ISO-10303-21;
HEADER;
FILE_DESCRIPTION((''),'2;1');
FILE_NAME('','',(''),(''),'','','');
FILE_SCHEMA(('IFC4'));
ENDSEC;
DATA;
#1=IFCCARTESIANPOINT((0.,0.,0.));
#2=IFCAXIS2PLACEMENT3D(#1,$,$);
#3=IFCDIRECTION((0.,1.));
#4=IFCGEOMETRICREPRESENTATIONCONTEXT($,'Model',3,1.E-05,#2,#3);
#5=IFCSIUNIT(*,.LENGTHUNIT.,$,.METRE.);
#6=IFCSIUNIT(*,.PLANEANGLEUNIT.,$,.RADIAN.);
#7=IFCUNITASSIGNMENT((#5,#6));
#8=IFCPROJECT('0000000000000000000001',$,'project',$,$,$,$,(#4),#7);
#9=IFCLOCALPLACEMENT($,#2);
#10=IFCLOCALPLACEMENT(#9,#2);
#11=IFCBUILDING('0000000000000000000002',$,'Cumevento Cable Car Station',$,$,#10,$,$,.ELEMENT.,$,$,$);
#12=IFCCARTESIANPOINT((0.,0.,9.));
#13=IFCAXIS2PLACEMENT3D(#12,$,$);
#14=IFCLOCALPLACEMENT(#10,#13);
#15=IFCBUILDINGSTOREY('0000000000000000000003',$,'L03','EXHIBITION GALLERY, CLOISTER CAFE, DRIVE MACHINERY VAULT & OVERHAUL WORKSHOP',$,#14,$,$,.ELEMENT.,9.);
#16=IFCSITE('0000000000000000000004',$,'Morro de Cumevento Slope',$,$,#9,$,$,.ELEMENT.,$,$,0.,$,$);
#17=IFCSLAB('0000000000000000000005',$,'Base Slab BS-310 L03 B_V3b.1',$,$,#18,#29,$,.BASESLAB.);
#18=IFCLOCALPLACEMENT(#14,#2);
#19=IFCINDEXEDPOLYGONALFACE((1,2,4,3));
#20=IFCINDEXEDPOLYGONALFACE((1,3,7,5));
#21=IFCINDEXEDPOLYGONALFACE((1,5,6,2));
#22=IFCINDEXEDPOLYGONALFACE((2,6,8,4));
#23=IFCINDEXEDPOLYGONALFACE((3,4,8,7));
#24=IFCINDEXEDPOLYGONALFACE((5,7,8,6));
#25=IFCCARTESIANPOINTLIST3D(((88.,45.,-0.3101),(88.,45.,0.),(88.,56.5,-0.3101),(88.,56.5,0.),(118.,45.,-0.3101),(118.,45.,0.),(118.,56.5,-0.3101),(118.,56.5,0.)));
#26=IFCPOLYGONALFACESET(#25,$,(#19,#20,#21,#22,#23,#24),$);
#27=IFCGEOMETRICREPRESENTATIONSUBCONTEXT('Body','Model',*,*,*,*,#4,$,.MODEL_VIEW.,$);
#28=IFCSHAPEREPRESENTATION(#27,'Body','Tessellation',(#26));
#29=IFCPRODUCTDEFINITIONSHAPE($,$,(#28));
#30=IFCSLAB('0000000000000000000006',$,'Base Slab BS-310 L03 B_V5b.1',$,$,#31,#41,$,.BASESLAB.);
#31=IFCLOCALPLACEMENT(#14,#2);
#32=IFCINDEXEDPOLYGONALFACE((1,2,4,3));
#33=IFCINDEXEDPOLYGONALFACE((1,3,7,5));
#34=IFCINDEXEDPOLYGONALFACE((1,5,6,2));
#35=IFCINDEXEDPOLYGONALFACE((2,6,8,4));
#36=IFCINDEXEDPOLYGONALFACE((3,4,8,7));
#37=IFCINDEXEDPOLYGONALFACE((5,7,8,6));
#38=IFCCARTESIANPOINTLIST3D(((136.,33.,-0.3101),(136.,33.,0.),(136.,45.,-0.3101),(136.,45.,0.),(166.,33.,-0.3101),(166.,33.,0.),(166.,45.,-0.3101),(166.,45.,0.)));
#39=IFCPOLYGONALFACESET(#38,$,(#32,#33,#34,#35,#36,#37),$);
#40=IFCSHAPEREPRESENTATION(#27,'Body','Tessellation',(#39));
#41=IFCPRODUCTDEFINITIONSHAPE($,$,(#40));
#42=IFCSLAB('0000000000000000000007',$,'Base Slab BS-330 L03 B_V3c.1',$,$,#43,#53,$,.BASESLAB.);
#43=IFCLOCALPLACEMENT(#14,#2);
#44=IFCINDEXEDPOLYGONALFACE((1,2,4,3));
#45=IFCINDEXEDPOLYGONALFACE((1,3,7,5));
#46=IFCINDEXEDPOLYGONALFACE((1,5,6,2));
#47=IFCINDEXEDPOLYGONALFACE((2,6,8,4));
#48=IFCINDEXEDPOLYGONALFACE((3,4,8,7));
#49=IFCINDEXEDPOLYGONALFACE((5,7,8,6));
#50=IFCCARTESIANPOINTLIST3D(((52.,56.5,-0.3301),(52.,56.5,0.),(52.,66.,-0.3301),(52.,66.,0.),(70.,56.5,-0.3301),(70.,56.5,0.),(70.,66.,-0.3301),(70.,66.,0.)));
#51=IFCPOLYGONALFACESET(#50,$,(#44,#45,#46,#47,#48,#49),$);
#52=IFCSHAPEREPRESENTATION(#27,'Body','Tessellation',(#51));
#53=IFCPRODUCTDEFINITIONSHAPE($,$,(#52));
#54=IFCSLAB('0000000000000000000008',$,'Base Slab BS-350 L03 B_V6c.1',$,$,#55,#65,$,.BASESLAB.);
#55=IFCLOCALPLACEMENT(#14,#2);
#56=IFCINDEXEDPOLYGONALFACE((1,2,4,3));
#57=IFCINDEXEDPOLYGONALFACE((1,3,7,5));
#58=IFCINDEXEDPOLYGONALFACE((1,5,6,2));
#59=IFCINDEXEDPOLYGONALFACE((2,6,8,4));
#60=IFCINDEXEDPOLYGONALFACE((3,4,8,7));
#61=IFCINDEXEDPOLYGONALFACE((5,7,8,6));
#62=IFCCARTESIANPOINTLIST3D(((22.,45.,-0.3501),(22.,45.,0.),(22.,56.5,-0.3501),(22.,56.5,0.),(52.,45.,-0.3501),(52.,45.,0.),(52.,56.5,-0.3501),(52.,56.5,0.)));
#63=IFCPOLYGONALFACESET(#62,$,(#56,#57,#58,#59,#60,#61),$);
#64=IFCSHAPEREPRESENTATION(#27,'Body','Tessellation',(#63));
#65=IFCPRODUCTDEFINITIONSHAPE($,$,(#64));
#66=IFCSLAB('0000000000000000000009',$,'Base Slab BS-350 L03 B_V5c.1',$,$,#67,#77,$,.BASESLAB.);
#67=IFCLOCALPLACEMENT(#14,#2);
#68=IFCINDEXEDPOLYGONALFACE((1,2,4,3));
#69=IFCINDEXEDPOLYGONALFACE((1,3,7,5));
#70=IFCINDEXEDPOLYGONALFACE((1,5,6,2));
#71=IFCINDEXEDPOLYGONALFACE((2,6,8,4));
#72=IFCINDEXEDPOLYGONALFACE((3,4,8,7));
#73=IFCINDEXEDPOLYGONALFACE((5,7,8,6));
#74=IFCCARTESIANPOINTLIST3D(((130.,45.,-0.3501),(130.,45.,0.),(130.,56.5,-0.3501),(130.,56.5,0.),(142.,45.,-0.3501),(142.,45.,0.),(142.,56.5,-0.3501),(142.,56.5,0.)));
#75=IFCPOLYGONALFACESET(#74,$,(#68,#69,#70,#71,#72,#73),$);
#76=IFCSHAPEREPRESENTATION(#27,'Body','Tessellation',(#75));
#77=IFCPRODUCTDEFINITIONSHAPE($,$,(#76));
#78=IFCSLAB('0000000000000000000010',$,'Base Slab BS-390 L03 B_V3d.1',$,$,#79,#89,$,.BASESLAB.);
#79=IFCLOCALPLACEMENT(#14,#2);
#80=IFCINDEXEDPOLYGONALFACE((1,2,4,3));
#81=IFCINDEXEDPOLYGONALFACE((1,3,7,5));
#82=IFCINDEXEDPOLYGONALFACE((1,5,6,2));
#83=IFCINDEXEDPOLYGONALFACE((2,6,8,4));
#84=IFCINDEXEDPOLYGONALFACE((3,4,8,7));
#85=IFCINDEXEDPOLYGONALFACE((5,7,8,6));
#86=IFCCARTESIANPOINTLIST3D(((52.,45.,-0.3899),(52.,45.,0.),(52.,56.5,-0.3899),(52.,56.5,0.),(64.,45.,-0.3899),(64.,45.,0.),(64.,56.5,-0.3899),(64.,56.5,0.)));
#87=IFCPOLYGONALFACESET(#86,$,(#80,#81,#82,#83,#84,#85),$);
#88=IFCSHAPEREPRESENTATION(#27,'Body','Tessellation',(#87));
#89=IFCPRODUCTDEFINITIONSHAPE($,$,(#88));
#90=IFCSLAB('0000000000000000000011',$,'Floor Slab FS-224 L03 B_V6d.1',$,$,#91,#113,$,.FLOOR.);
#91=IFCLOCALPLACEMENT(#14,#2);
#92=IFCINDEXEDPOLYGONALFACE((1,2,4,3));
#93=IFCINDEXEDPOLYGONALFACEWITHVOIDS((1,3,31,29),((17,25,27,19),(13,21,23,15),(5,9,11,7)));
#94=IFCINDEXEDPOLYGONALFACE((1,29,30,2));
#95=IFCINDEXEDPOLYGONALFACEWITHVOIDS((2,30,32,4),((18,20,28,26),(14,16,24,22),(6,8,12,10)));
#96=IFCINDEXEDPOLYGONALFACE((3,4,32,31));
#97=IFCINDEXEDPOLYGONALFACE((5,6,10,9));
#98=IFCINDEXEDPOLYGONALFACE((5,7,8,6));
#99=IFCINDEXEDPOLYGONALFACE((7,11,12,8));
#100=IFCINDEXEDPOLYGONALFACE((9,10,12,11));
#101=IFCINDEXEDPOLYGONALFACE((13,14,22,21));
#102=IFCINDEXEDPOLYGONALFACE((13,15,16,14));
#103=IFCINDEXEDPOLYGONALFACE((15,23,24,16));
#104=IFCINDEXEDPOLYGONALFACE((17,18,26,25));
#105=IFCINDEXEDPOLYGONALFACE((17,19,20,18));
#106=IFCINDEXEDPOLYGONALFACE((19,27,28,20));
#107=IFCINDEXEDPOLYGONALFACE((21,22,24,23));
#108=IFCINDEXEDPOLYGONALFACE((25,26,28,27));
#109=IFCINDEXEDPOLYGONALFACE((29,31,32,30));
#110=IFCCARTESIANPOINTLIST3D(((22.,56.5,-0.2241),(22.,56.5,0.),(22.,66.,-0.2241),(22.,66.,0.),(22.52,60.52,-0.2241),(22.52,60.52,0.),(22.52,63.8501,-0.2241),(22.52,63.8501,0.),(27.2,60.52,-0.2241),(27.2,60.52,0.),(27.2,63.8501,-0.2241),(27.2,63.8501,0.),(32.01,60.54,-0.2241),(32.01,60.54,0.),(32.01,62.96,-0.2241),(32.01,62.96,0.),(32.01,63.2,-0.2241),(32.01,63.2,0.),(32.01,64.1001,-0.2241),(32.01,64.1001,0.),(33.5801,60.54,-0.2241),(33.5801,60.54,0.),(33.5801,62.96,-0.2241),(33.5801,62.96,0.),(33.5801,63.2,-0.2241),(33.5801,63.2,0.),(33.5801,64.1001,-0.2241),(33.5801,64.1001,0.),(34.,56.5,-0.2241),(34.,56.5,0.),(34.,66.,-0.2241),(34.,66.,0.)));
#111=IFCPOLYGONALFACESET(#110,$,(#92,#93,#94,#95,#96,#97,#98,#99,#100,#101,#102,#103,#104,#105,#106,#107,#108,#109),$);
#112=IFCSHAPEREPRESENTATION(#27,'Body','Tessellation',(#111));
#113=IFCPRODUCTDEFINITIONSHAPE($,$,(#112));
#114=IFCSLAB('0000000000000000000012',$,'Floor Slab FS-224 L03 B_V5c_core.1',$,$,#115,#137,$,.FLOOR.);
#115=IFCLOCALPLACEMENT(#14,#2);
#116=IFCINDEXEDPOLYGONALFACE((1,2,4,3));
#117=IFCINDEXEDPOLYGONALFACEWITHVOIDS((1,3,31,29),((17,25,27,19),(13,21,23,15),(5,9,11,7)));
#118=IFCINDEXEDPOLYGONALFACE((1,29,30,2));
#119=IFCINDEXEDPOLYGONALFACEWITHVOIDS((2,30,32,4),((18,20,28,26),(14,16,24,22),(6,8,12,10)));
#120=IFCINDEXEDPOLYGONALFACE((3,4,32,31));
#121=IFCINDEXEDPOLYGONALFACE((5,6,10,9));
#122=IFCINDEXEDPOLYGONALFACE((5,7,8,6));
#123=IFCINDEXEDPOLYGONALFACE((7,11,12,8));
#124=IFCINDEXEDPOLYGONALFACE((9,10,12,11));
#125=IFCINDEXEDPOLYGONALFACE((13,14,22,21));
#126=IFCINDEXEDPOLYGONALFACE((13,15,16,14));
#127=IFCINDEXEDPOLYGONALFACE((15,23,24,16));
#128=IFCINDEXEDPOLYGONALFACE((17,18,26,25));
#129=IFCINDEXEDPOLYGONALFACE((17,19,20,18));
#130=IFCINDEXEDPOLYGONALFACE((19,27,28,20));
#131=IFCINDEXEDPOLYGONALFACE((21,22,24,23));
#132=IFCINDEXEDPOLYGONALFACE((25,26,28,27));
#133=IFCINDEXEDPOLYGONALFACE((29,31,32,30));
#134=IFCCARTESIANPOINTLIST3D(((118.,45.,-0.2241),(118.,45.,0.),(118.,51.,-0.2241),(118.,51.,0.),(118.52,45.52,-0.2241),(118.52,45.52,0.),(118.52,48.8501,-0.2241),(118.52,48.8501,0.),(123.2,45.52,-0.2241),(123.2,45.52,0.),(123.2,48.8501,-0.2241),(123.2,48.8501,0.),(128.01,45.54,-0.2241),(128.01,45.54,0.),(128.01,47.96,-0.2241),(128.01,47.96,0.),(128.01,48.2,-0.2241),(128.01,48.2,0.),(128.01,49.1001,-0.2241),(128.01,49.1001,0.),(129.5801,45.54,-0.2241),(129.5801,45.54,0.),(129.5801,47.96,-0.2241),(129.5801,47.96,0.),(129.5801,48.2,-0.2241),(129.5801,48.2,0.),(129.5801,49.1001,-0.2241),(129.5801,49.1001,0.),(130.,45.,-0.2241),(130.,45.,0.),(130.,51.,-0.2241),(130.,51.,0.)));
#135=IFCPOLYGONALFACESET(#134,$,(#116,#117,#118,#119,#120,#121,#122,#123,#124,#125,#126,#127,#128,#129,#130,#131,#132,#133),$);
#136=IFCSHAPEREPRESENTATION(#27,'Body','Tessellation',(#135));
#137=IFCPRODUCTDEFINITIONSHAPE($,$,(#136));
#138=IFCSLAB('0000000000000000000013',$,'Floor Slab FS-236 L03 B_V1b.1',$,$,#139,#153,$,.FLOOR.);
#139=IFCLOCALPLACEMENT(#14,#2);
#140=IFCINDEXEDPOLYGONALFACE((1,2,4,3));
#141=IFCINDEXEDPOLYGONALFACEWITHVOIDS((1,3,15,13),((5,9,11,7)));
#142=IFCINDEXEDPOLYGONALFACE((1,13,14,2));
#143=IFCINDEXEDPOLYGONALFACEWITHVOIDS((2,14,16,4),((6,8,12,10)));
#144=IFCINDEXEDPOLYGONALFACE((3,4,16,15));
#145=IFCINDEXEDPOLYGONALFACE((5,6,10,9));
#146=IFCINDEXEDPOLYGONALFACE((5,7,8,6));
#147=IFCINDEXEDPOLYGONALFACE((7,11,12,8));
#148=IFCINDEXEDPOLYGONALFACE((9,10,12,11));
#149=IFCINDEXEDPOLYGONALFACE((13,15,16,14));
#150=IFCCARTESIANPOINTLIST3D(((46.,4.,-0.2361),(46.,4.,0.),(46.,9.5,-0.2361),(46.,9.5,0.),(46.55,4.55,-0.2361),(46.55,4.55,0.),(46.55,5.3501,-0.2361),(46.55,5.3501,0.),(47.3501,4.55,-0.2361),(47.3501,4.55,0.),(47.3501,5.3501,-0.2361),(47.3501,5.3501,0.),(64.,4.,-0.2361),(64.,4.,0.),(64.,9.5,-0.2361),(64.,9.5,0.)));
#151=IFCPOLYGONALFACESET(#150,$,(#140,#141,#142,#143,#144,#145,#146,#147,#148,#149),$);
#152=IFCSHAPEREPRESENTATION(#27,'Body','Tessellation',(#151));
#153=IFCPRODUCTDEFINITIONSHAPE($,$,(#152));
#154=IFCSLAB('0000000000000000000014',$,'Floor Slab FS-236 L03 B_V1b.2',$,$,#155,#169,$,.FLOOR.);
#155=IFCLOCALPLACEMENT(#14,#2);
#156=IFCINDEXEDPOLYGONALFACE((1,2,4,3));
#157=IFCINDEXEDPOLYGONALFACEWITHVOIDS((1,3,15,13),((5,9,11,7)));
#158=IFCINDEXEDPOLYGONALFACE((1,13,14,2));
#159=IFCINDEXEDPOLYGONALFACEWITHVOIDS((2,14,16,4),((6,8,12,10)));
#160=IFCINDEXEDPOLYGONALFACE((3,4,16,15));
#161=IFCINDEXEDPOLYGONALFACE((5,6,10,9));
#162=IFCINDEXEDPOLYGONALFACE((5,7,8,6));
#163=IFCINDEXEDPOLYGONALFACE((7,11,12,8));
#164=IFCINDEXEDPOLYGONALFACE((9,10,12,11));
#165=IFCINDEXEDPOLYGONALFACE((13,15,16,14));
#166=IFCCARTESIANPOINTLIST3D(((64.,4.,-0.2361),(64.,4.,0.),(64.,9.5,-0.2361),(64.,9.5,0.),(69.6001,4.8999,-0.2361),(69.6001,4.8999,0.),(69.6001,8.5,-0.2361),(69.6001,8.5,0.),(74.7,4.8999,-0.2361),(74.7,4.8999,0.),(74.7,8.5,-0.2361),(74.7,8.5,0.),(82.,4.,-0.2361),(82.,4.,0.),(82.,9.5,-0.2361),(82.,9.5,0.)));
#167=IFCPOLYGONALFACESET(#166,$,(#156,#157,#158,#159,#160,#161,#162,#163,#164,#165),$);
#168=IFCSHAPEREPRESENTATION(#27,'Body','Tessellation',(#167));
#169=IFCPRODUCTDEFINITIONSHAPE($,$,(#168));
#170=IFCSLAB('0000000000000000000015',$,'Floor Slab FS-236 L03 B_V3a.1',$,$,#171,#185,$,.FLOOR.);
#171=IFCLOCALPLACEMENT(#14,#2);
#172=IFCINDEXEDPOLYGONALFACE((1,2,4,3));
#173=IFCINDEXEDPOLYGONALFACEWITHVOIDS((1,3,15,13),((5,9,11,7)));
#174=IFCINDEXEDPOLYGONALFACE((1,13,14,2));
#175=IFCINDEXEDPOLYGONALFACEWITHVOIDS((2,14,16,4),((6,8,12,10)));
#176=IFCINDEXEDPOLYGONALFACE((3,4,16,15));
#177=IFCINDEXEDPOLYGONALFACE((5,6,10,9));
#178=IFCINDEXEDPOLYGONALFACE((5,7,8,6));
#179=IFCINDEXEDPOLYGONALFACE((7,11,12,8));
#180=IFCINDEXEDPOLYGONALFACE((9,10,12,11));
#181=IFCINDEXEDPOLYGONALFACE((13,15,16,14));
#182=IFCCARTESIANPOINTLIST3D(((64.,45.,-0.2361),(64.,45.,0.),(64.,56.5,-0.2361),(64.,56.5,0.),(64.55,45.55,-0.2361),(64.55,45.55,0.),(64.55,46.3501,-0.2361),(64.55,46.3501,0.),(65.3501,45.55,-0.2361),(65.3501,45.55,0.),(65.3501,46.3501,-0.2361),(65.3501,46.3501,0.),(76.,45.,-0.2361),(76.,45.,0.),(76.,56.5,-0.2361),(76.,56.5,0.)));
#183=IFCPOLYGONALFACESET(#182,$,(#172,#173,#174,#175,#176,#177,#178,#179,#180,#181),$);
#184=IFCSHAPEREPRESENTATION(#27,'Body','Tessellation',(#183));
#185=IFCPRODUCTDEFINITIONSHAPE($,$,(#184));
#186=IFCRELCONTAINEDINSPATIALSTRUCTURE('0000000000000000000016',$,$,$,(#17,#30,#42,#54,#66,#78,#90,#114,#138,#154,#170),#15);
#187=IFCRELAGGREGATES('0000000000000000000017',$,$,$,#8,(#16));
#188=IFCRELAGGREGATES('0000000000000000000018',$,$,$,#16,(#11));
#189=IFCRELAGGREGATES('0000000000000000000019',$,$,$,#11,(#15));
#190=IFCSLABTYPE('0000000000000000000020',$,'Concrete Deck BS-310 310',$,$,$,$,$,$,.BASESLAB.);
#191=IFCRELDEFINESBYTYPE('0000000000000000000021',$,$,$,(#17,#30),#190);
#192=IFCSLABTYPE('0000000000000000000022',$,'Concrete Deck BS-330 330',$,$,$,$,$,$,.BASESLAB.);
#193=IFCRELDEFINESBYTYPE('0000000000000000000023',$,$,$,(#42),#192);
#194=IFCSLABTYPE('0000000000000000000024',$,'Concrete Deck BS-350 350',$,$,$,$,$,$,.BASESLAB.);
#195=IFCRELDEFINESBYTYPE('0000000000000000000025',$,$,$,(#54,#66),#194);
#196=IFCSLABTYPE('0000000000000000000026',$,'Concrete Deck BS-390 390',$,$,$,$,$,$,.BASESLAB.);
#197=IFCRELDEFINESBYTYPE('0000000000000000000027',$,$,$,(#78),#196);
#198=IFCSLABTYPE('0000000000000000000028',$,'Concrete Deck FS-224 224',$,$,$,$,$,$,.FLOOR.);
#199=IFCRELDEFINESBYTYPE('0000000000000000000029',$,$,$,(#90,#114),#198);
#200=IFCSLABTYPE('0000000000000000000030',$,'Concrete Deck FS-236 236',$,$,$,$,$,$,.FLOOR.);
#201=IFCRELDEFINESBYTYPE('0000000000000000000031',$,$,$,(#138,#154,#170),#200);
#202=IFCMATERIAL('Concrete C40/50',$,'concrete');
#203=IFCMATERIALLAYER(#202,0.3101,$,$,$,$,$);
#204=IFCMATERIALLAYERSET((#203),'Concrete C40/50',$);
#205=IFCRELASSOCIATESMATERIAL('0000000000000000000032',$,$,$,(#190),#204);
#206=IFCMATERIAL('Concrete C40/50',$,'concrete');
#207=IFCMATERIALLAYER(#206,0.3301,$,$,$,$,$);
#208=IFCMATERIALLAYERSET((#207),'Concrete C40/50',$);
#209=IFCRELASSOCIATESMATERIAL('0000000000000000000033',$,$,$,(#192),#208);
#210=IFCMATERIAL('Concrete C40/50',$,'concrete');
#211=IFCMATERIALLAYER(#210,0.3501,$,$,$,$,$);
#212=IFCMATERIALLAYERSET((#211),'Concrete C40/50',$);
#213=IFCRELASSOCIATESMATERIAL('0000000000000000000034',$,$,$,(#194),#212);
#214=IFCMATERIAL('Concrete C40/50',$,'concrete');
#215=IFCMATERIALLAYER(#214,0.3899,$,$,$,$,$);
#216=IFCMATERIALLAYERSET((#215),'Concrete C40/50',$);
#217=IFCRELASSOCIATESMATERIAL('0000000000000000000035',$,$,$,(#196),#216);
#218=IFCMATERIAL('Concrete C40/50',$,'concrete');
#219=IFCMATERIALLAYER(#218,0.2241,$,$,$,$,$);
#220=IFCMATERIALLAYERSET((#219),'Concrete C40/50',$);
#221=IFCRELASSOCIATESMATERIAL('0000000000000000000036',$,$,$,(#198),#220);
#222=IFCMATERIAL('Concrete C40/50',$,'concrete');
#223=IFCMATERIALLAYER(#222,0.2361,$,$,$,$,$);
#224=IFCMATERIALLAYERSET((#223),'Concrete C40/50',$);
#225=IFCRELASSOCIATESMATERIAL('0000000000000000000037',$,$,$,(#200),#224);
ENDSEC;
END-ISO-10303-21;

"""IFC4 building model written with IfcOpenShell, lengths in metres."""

from ifc_helpers import new_model, si_unit, direction, frame, origin, place, context, subcontext, project, spatial, polyline, outline, extrude, material, layer, layer_set, type_object, element, save


model = new_model("IFC4")

# Units and contexts
model_context = context("Model", 3, precision=1e-05, world=origin(), true_north=direction((0.0, 1.0)))
body_context = subcontext(model_context, "Body", "Model", "MODEL_VIEW")
ifc_project = project(units=[si_unit("LENGTHUNIT", "METRE"), si_unit("PLANEANGLEUNIT", "RADIAN")], contexts=[model_context])

# Site, building, storey
site_placement = place(None, origin())
site = spatial("IfcSite", under=ifc_project, at=site_placement, Name="Morro de Cumevento Slope", CompositionType="ELEMENT", RefElevation=0.0)
building_placement = place(site_placement, origin())
building = spatial("IfcBuilding", under=site, at=building_placement, Name="Cumevento Cable Car Station", CompositionType="ELEMENT")
storey_placement = place(building_placement, frame((0.0, 0.0, 9.0)))
storey = spatial("IfcBuildingStorey", under=building, at=storey_placement, Name="L03", Description="EXHIBITION GALLERY, CLOISTER CAFE, DRIVE MACHINERY VAULT & OVERHAUL WORKSHOP", CompositionType="ELEMENT", Elevation=9.0)

# Slabs
ifc_material_1 = material(Name="Concrete C40/50", Category="concrete")
ifc_layer_1 = layer(ifc_material_1, 0.3101)
ifc_layer_set_1 = layer_set([ifc_layer_1], Name="Concrete C40/50")
slab_type_1 = type_object("IfcSlabType", Name="Concrete Deck BS-310 310", PredefinedType="BASESLAB", material=ifc_layer_set_1)
slab_1_placement = place(storey_placement, frame((0.0, 0.0, -0.3101)))
element("IfcSlab", 1, at=slab_1_placement, inside=storey, type_object=slab_type_1, Name="Base Slab BS-310 L03 B_V3b.1", PredefinedType="BASESLAB", context=body_context, shape_type="SweptSolid", body=[
    extrude(outline(polyline([(88.0, 45.0), (118.0, 45.0), (118.0, 56.5), (88.0, 56.5), (88.0, 45.0)])), origin(), (0.0, 0.0, 1.0), 0.3101),
])
slab_2_placement = place(storey_placement, frame((0.0, 0.0, -0.3101)))
element("IfcSlab", 2, at=slab_2_placement, inside=storey, type_object=slab_type_1, Name="Base Slab BS-310 L03 B_V5b.1", PredefinedType="BASESLAB", context=body_context, shape_type="SweptSolid", body=[
    extrude(outline(polyline([(136.0, 33.0), (166.0, 33.0), (166.0, 45.0), (136.0, 45.0), (136.0, 33.0)])), origin(), (0.0, 0.0, 1.0), 0.3101),
])
ifc_material_2 = material(Name="Concrete C40/50", Category="concrete")
ifc_layer_2 = layer(ifc_material_2, 0.3301)
ifc_layer_set_2 = layer_set([ifc_layer_2], Name="Concrete C40/50")
slab_type_2 = type_object("IfcSlabType", Name="Concrete Deck BS-330 330", PredefinedType="BASESLAB", material=ifc_layer_set_2)
slab_3_placement = place(storey_placement, frame((0.0, 0.0, -0.3301)))
element("IfcSlab", 3, at=slab_3_placement, inside=storey, type_object=slab_type_2, Name="Base Slab BS-330 L03 B_V3c.1", PredefinedType="BASESLAB", context=body_context, shape_type="SweptSolid", body=[
    extrude(outline(polyline([(52.0, 56.5), (70.0, 56.5), (70.0, 66.0), (52.0, 66.0), (52.0, 56.5)])), origin(), (0.0, 0.0, 1.0), 0.3301),
])
ifc_material_3 = material(Name="Concrete C40/50", Category="concrete")
ifc_layer_3 = layer(ifc_material_3, 0.3501)
ifc_layer_set_3 = layer_set([ifc_layer_3], Name="Concrete C40/50")
slab_type_3 = type_object("IfcSlabType", Name="Concrete Deck BS-350 350", PredefinedType="BASESLAB", material=ifc_layer_set_3)
slab_4_placement = place(storey_placement, frame((0.0, 0.0, -0.3501)))
element("IfcSlab", 4, at=slab_4_placement, inside=storey, type_object=slab_type_3, Name="Base Slab BS-350 L03 B_V6c.1", PredefinedType="BASESLAB", context=body_context, shape_type="SweptSolid", body=[
    extrude(outline(polyline([(22.0, 45.0), (52.0, 45.0), (52.0, 56.5), (22.0, 56.5), (22.0, 45.0)])), origin(), (0.0, 0.0, 1.0), 0.3501),
])
slab_5_placement = place(storey_placement, frame((0.0, 0.0, -0.3501)))
element("IfcSlab", 5, at=slab_5_placement, inside=storey, type_object=slab_type_3, Name="Base Slab BS-350 L03 B_V5c.1", PredefinedType="BASESLAB", context=body_context, shape_type="SweptSolid", body=[
    extrude(outline(polyline([(130.0, 45.0), (142.0, 45.0), (142.0, 56.5), (130.0, 56.5), (130.0, 45.0)])), origin(), (0.0, 0.0, 1.0), 0.3501),
])
ifc_material_4 = material(Name="Concrete C40/50", Category="concrete")
ifc_layer_4 = layer(ifc_material_4, 0.3899)
ifc_layer_set_4 = layer_set([ifc_layer_4], Name="Concrete C40/50")
slab_type_4 = type_object("IfcSlabType", Name="Concrete Deck BS-390 390", PredefinedType="BASESLAB", material=ifc_layer_set_4)
slab_6_placement = place(storey_placement, frame((0.0, 0.0, -0.3899)))
element("IfcSlab", 6, at=slab_6_placement, inside=storey, type_object=slab_type_4, Name="Base Slab BS-390 L03 B_V3d.1", PredefinedType="BASESLAB", context=body_context, shape_type="SweptSolid", body=[
    extrude(outline(polyline([(52.0, 45.0), (64.0, 45.0), (64.0, 56.5), (52.0, 56.5), (52.0, 45.0)])), origin(), (0.0, 0.0, 1.0), 0.3899),
])
ifc_material_5 = material(Name="Concrete C40/50", Category="concrete")
ifc_layer_5 = layer(ifc_material_5, 0.2241)
ifc_layer_set_5 = layer_set([ifc_layer_5], Name="Concrete C40/50")
slab_type_5 = type_object("IfcSlabType", Name="Concrete Deck FS-224 224", PredefinedType="FLOOR", material=ifc_layer_set_5)
slab_7_placement = place(storey_placement, frame((0.0, 0.0, -0.2241)))
element("IfcSlab", 7, at=slab_7_placement, inside=storey, type_object=slab_type_5, Name="Floor Slab FS-224 L03 B_V6d.1", PredefinedType="FLOOR", context=body_context, shape_type="SweptSolid", body=[
    extrude(outline(polyline([(22.0, 56.5), (34.0, 56.5), (34.0, 66.0), (22.0, 66.0), (22.0, 56.5)]), holes=[polyline([(32.01, 60.54), (33.5801, 60.54), (33.5801, 62.96), (32.01, 62.96), (32.01, 60.54)]), polyline([(22.52, 60.52), (27.2, 60.52), (27.2, 63.8501), (22.52, 63.8501), (22.52, 60.52)]), polyline([(32.01, 63.2), (33.5801, 63.2), (33.5801, 64.1001), (32.01, 64.1001), (32.01, 63.2)])]), origin(), (0.0, 0.0, 1.0), 0.2241),
])
slab_8_placement = place(storey_placement, frame((0.0, 0.0, -0.2241)))
element("IfcSlab", 8, at=slab_8_placement, inside=storey, type_object=slab_type_5, Name="Floor Slab FS-224 L03 B_V5c_core.1", PredefinedType="FLOOR", context=body_context, shape_type="SweptSolid", body=[
    extrude(outline(polyline([(118.0, 45.0), (130.0, 45.0), (130.0, 51.0), (118.0, 51.0), (118.0, 45.0)]), holes=[polyline([(128.01, 45.54), (129.5801, 45.54), (129.5801, 47.96), (128.01, 47.96), (128.01, 45.54)]), polyline([(118.52, 45.52), (123.2, 45.52), (123.2, 48.8501), (118.52, 48.8501), (118.52, 45.52)]), polyline([(128.01, 48.2), (129.5801, 48.2), (129.5801, 49.1001), (128.01, 49.1001), (128.01, 48.2)])]), origin(), (0.0, 0.0, 1.0), 0.2241),
])
ifc_material_6 = material(Name="Concrete C40/50", Category="concrete")
ifc_layer_6 = layer(ifc_material_6, 0.2361)
ifc_layer_set_6 = layer_set([ifc_layer_6], Name="Concrete C40/50")
slab_type_6 = type_object("IfcSlabType", Name="Concrete Deck FS-236 236", PredefinedType="FLOOR", material=ifc_layer_set_6)
slab_9_placement = place(storey_placement, frame((0.0, 0.0, -0.2361)))
element("IfcSlab", 9, at=slab_9_placement, inside=storey, type_object=slab_type_6, Name="Floor Slab FS-236 L03 B_V1b.1", PredefinedType="FLOOR", context=body_context, shape_type="SweptSolid", body=[
    extrude(outline(polyline([(46.0, 4.0), (64.0, 4.0), (64.0, 9.5), (46.0, 9.5), (46.0, 4.0)]), holes=[polyline([(46.55, 4.55), (47.3501, 4.55), (47.3501, 5.3501), (46.55, 5.3501), (46.55, 4.55)])]), origin(), (0.0, 0.0, 1.0), 0.2361),
])
slab_10_placement = place(storey_placement, frame((0.0, 0.0, -0.2361)))
element("IfcSlab", 10, at=slab_10_placement, inside=storey, type_object=slab_type_6, Name="Floor Slab FS-236 L03 B_V1b.2", PredefinedType="FLOOR", context=body_context, shape_type="SweptSolid", body=[
    extrude(outline(polyline([(64.0, 4.0), (82.0, 4.0), (82.0, 9.5), (64.0, 9.5), (64.0, 4.0)]), holes=[polyline([(69.6001, 4.8999), (74.7, 4.8999), (74.7, 8.5), (69.6001, 8.5), (69.6001, 4.8999)])]), origin(), (0.0, 0.0, 1.0), 0.2361),
])
slab_11_placement = place(storey_placement, frame((0.0, 0.0, -0.2361)))
element("IfcSlab", 11, at=slab_11_placement, inside=storey, type_object=slab_type_6, Name="Floor Slab FS-236 L03 B_V3a.1", PredefinedType="FLOOR", context=body_context, shape_type="SweptSolid", body=[
    extrude(outline(polyline([(64.0, 45.0), (76.0, 45.0), (76.0, 56.5), (64.0, 56.5), (64.0, 45.0)]), holes=[polyline([(64.55, 45.55), (65.3501, 45.55), (65.3501, 46.3501), (64.55, 46.3501), (64.55, 45.55)])]), origin(), (0.0, 0.0, 1.0), 0.2361),
])

save(model, "model.ifc")
